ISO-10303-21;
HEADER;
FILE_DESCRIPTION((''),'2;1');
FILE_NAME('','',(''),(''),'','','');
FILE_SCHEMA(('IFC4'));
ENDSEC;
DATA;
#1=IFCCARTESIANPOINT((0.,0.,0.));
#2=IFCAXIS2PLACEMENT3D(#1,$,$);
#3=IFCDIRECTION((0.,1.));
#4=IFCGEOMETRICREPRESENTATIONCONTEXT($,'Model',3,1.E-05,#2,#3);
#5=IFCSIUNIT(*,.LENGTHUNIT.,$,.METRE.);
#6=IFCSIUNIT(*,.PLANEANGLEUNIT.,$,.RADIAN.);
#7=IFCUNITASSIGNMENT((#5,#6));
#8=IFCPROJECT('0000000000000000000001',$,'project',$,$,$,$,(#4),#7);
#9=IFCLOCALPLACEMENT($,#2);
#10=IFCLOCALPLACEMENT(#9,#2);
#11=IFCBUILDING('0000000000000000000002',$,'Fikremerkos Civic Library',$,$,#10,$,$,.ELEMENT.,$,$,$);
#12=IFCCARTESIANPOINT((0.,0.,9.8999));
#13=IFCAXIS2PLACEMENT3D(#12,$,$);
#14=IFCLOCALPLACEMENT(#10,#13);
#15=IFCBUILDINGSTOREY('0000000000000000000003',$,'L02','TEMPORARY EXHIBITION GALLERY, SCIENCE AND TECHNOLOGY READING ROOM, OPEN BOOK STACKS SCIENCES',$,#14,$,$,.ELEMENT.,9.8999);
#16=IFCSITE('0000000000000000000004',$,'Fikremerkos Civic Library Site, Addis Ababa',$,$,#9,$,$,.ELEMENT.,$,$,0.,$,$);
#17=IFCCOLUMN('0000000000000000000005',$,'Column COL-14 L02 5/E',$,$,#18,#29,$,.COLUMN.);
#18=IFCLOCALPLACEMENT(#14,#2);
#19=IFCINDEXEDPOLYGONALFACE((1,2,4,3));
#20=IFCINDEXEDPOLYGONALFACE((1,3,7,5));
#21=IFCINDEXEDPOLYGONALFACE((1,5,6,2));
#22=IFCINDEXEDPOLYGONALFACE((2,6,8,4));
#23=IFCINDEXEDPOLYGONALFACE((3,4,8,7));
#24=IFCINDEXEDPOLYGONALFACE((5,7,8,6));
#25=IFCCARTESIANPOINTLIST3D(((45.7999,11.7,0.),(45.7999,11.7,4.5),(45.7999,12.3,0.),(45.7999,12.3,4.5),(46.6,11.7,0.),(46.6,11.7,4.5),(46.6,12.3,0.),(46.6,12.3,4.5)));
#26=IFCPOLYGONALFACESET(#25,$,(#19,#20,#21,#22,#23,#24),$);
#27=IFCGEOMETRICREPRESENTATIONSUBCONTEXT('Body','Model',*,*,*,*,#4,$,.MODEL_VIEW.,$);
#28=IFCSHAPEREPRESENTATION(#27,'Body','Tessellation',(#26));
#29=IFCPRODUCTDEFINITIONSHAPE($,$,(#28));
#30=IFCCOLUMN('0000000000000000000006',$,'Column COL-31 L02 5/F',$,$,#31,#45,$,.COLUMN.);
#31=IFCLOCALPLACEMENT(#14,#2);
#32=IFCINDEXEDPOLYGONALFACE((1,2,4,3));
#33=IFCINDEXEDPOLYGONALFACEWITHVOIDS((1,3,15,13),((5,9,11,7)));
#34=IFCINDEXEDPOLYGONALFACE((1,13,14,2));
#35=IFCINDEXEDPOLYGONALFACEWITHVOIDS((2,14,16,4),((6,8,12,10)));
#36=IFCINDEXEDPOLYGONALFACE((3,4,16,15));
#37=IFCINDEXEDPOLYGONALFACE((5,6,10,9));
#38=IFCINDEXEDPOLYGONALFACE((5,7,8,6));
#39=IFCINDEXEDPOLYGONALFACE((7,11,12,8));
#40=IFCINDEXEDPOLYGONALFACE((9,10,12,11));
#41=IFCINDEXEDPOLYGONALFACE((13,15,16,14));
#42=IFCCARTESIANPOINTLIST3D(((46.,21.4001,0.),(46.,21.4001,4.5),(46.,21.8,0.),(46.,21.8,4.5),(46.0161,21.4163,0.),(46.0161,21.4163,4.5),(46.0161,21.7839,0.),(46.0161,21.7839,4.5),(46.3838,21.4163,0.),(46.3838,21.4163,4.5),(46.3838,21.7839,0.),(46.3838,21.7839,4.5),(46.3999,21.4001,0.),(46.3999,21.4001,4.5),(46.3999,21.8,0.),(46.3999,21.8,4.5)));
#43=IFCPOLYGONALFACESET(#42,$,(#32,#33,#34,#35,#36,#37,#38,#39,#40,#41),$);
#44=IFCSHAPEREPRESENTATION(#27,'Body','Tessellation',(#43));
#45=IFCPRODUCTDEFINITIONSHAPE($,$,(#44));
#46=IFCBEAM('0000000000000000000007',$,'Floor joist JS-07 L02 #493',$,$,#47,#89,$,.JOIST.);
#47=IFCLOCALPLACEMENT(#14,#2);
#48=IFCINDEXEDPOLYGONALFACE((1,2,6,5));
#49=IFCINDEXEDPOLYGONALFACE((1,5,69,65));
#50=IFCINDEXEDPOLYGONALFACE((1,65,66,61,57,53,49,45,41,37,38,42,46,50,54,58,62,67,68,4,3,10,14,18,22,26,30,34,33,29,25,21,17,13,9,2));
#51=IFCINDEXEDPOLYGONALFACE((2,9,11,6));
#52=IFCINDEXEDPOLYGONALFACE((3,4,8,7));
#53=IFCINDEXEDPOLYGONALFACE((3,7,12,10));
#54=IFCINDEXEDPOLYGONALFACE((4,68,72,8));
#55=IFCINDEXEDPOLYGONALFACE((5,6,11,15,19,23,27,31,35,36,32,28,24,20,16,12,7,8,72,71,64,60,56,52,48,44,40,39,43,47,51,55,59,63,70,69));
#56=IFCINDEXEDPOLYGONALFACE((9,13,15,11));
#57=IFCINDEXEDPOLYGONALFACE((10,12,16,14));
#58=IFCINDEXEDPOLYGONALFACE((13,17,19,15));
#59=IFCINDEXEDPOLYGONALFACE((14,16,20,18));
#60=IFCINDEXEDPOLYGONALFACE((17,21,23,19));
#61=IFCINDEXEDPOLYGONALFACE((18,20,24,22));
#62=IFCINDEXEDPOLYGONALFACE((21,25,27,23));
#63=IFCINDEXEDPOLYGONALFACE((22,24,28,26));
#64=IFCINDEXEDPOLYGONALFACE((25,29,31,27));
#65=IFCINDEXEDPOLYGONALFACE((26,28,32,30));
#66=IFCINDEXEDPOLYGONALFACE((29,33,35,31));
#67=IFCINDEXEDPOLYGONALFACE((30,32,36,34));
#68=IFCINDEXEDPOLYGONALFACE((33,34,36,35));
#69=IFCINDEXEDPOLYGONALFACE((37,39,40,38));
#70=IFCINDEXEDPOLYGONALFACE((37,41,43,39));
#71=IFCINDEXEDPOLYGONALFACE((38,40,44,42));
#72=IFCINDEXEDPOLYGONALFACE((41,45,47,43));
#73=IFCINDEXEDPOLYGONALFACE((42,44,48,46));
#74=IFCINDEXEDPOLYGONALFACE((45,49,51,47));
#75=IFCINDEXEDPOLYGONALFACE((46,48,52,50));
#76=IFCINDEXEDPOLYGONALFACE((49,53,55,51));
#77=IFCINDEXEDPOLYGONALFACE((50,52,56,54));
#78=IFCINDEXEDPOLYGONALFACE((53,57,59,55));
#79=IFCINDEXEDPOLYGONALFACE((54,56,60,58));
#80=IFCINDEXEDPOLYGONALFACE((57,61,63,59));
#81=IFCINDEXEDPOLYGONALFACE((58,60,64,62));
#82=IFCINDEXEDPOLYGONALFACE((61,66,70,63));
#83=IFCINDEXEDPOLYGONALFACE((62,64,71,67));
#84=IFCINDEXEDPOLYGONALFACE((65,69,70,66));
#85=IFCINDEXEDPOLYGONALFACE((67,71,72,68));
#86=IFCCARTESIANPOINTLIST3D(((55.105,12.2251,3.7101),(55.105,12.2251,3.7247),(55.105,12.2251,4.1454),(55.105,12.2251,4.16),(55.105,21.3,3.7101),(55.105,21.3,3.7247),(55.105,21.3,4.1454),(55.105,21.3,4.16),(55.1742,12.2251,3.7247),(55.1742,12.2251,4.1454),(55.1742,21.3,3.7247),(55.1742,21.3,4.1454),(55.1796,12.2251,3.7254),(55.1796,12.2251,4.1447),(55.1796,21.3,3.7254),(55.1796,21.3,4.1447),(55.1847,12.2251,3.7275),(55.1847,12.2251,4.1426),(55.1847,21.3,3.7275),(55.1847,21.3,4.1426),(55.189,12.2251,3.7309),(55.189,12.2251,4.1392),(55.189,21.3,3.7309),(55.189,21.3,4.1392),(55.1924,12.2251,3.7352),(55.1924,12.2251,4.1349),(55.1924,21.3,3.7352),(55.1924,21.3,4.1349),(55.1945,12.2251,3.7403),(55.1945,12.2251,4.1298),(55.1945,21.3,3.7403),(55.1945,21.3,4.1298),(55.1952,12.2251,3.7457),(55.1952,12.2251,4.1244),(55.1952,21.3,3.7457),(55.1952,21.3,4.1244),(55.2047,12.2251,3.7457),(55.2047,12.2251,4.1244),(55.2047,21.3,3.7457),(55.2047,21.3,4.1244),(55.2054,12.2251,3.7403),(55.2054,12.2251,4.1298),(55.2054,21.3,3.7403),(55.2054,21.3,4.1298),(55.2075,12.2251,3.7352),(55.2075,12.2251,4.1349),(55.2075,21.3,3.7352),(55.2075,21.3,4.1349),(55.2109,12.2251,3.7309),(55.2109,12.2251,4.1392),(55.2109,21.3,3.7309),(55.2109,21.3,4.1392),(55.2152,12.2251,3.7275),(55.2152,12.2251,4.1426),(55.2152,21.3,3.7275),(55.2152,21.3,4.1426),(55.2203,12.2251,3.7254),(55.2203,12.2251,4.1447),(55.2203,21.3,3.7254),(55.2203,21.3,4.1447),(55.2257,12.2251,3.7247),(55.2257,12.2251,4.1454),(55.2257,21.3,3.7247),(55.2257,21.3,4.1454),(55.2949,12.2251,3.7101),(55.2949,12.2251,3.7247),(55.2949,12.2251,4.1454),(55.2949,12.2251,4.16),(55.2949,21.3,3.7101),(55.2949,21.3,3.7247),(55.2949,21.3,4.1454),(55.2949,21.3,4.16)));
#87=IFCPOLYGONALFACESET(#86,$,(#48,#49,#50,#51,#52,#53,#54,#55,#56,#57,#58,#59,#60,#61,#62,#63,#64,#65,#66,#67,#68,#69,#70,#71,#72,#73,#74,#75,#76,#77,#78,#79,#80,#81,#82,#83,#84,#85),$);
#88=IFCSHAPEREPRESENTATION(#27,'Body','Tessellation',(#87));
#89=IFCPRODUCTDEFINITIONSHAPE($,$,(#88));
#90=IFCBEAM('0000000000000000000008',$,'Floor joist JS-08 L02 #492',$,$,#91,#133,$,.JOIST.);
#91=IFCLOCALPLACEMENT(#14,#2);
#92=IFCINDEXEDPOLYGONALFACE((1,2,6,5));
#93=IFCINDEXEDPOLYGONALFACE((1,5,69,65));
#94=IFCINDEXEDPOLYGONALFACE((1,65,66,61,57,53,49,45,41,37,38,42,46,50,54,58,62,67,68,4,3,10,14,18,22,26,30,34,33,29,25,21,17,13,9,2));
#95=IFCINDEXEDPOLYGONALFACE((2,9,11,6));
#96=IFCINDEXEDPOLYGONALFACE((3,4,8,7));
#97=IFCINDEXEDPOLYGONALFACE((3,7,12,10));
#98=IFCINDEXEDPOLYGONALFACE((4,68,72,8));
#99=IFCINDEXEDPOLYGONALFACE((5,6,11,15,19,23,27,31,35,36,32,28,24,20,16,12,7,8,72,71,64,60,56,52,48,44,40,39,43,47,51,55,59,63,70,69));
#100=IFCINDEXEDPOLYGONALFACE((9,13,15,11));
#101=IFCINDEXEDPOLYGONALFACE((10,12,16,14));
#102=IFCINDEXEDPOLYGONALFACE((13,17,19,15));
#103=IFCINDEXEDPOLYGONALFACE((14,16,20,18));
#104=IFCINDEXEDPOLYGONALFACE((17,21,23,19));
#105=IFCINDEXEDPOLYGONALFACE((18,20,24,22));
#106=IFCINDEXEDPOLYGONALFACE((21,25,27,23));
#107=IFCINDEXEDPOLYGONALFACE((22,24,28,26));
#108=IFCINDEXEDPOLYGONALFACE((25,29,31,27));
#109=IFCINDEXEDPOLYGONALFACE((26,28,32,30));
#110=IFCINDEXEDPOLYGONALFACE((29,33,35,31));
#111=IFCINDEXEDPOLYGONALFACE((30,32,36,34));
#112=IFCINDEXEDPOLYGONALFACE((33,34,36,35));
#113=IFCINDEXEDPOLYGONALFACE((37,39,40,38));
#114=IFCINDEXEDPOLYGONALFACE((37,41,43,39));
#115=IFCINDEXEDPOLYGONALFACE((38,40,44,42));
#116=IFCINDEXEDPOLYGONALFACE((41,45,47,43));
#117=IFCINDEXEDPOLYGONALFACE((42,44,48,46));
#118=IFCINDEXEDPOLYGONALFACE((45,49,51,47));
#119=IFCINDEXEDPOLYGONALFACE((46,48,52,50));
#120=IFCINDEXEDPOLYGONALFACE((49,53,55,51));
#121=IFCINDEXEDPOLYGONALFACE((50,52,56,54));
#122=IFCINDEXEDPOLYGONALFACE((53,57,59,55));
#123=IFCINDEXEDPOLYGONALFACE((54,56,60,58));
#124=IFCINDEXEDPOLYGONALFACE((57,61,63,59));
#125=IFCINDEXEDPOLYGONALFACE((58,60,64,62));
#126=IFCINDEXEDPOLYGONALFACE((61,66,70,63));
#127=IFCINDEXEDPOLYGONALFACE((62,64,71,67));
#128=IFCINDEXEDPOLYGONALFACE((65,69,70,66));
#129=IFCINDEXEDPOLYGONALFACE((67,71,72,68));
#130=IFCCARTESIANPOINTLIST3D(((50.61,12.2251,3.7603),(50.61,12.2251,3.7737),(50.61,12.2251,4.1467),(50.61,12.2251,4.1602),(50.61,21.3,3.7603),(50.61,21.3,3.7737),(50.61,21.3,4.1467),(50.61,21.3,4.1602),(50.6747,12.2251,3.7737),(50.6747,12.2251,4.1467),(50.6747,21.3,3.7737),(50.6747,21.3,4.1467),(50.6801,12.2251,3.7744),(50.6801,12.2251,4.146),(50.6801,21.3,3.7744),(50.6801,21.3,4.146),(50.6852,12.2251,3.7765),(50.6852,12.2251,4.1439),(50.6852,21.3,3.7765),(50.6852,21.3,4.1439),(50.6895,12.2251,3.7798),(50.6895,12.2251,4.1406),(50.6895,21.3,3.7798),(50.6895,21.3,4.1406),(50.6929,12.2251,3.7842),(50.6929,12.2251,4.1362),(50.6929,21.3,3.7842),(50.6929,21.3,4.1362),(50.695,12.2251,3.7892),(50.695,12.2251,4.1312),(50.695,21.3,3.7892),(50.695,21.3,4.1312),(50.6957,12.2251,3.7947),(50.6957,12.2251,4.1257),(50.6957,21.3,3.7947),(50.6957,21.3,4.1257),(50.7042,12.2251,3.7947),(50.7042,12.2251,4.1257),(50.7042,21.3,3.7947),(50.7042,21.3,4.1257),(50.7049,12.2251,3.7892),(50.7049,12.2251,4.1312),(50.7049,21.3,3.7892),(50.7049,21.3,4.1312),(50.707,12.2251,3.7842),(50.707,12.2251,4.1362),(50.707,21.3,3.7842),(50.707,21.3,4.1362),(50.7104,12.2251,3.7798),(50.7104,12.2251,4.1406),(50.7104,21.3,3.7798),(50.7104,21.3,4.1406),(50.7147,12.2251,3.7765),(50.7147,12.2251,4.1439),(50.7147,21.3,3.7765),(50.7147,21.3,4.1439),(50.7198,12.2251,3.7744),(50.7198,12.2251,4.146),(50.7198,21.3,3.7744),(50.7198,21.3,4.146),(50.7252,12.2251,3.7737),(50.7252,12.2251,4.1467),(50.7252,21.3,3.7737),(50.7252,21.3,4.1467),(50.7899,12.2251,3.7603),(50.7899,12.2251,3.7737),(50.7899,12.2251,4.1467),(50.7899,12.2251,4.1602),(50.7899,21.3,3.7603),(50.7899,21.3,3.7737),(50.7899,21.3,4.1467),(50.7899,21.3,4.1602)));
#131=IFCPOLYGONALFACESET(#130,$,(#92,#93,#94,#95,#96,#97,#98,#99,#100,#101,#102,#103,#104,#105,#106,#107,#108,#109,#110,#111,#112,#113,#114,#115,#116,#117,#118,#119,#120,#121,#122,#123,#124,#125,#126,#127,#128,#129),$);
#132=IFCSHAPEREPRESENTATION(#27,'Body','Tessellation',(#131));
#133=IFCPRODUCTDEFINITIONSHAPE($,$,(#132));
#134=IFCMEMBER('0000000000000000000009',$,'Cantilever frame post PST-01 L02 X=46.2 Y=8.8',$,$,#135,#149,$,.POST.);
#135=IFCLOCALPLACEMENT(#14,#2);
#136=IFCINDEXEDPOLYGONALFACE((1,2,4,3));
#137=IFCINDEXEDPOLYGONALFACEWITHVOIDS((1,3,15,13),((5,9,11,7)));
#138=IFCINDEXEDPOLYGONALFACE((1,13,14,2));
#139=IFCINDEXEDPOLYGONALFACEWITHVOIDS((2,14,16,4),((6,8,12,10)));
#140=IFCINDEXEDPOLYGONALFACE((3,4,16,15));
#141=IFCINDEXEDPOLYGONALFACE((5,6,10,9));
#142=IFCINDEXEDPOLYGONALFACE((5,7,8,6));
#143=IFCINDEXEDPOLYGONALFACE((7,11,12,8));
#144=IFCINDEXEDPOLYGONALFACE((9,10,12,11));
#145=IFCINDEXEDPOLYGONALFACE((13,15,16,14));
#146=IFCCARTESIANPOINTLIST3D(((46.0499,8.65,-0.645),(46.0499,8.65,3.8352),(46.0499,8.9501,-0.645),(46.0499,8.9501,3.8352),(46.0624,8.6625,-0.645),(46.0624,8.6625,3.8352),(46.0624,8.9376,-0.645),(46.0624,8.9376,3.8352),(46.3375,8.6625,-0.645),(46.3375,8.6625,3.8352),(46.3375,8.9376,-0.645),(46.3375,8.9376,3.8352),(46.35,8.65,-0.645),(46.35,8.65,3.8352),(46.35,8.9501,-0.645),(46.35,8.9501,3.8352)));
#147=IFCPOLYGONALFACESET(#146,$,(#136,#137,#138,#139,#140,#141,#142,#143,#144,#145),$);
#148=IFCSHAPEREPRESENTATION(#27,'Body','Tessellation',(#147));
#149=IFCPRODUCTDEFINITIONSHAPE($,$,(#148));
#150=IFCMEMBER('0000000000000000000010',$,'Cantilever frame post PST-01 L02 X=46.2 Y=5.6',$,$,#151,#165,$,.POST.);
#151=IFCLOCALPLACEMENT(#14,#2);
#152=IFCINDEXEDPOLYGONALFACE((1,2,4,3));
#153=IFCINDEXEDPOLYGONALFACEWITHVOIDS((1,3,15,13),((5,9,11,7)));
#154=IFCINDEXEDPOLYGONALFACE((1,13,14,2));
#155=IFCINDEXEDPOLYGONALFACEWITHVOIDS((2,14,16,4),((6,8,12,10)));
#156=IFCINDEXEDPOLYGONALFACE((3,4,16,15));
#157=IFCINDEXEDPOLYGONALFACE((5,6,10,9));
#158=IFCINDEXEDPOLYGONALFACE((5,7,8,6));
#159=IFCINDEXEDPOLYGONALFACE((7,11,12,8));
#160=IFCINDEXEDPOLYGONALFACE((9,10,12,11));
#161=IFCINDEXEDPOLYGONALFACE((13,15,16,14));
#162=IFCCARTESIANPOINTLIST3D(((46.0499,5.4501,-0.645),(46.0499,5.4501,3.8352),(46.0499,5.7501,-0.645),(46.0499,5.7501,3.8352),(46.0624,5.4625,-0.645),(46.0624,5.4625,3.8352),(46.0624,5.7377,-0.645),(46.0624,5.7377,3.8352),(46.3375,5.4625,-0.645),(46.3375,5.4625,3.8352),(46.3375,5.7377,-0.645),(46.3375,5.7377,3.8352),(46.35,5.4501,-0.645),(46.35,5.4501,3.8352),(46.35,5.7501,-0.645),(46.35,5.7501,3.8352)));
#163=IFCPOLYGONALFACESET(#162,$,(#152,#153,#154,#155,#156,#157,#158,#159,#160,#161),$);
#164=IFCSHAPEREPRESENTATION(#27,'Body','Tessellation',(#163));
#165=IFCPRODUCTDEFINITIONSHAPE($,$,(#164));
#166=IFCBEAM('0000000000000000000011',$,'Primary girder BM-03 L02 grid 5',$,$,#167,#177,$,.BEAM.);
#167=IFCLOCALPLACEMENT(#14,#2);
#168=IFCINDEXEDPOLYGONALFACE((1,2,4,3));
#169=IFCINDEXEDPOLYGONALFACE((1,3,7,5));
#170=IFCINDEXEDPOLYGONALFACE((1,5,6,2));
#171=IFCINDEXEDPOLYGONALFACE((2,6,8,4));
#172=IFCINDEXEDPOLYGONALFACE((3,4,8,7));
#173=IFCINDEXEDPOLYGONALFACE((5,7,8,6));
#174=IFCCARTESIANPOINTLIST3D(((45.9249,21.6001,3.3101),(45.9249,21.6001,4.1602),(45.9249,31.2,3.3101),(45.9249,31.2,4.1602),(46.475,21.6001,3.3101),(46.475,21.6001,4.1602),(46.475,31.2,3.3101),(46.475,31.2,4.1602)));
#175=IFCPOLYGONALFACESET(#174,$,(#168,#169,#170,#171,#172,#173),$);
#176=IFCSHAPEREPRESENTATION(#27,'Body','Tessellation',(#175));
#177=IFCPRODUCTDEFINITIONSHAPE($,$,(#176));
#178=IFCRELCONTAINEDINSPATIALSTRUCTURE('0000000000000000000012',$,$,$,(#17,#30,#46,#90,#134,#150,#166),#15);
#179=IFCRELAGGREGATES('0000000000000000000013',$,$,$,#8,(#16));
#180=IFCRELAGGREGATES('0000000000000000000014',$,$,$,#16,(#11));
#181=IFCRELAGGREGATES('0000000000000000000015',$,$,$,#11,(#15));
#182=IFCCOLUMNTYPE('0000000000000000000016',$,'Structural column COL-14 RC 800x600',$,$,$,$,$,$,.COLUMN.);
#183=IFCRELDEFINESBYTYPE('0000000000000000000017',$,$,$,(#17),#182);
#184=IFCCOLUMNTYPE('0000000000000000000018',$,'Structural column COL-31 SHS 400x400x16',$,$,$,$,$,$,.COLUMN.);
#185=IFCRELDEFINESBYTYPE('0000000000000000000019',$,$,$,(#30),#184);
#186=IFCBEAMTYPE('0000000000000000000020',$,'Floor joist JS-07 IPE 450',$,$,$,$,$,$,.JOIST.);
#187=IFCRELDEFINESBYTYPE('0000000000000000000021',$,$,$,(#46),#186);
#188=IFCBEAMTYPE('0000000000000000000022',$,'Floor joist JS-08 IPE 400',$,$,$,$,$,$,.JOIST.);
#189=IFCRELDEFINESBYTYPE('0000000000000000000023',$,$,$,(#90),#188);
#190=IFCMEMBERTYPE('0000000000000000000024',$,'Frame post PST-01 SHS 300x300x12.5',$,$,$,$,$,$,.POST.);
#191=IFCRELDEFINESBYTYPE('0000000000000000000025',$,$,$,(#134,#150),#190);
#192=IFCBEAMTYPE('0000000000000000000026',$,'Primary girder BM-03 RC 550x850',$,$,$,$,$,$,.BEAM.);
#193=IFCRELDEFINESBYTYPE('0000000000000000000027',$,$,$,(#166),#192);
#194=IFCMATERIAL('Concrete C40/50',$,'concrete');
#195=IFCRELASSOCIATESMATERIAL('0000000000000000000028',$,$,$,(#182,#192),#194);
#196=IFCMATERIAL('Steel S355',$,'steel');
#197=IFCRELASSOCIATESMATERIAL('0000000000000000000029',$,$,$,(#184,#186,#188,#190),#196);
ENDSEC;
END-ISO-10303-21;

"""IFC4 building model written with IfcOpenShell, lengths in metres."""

from ifc_helpers import new_model, si_unit, direction, frame, origin, origin_2d, place, context, subcontext, project, spatial, rectangle, hollow_rectangle, i_section, extrude, material, material_profile, profile_set, type_object, element, save


model = new_model("IFC4")

# Units and contexts
model_context = context("Model", 3, precision=1e-05, world=origin(), true_north=direction((0.0, 1.0)))
body_context = subcontext(model_context, "Body", "Model", "MODEL_VIEW")
ifc_project = project(units=[si_unit("LENGTHUNIT", "METRE"), si_unit("PLANEANGLEUNIT", "RADIAN")], contexts=[model_context])

# Site, building, storey
site_placement = place(None, origin())
site = spatial("IfcSite", under=ifc_project, at=site_placement, Name="Fikremerkos Civic Library Site, Addis Ababa", CompositionType="ELEMENT", RefElevation=0.0)
building_placement = place(site_placement, origin())
building = spatial("IfcBuilding", under=site, at=building_placement, Name="Fikremerkos Civic Library", CompositionType="ELEMENT")
storey_placement = place(building_placement, frame((0.0, 0.0, 9.8999)))
storey = spatial("IfcBuildingStorey", under=building, at=storey_placement, Name="L02", Description="TEMPORARY EXHIBITION GALLERY, SCIENCE AND TECHNOLOGY READING ROOM, OPEN BOOK STACKS SCIENCES", CompositionType="ELEMENT", Elevation=9.8999)

# Columns
ifc_material_1 = material(Name="Concrete C40/50", Category="concrete")
ifc_material_profile_1 = material_profile(ifc_material_1, rectangle(XDim=0.8, YDim=0.6001, at=origin_2d()), Name="RC 800x600")
ifc_profile_set_1 = profile_set([ifc_material_profile_1], Name="Concrete C40/50")
column_type_1 = type_object("IfcColumnType", Name="Structural column COL-14 RC 800x600", PredefinedType="COLUMN", material=ifc_profile_set_1)
column_1_placement = place(storey_placement, frame((46.2, 12.0, 0.0), z_axis=(0.0, 0.0, 1.0), x_axis=(1.0, 0.0, 0.0)))
element("IfcColumn", 1, at=column_1_placement, inside=storey, type_object=column_type_1, Name="Column COL-14 L02 5/E", PredefinedType="COLUMN", context=body_context, shape_type="SweptSolid", body=[
    extrude(rectangle(XDim=0.8, YDim=0.6001, at=origin_2d()), origin(), (0.0, 0.0, 1.0), 4.5),
])
ifc_material_2 = material(Name="Steel S355", Category="steel")
ifc_material_profile_2 = material_profile(ifc_material_2, hollow_rectangle(XDim=0.3999, YDim=0.3999, WallThickness=0.0161, at=origin_2d()), Name="SHS 400x400x16")
ifc_profile_set_2 = profile_set([ifc_material_profile_2], Name="Steel S355")
column_type_2 = type_object("IfcColumnType", Name="Structural column COL-31 SHS 400x400x16", PredefinedType="COLUMN", material=ifc_profile_set_2)
column_2_placement = place(storey_placement, frame((46.2, 21.6001, 0.0), z_axis=(0.0, 0.0, 1.0), x_axis=(1.0, 0.0, 0.0)))
element("IfcColumn", 2, at=column_2_placement, inside=storey, type_object=column_type_2, Name="Column COL-31 L02 5/F", PredefinedType="COLUMN", context=body_context, shape_type="SweptSolid", body=[
    extrude(hollow_rectangle(XDim=0.3999, YDim=0.3999, WallThickness=0.0161, at=origin_2d()), origin(), (0.0, 0.0, 1.0), 4.5),
])

# Beams
ifc_material_profile_3 = material_profile(ifc_material_2, i_section(OverallWidth=0.1899, OverallDepth=0.45, WebThickness=0.0095, FlangeThickness=0.0146, FilletRadius=0.021, at=origin_2d()), Name="IPE 450")
ifc_profile_set_3 = profile_set([ifc_material_profile_3], Name="Steel S355")
beam_type_1 = type_object("IfcBeamType", Name="Floor joist JS-07 IPE 450", PredefinedType="JOIST", material=ifc_profile_set_3)
beam_1_placement = place(storey_placement, frame((55.2, 12.2251, 3.9351), z_axis=(0.0, 1.0, 0.0), x_axis=(-1.0, 0.0, 0.0)))
element("IfcBeam", 3, at=beam_1_placement, inside=storey, type_object=beam_type_1, Name="Floor joist JS-07 L02 #493", PredefinedType="JOIST", context=body_context, shape_type="SweptSolid", body=[
    extrude(i_section(OverallWidth=0.1899, OverallDepth=0.45, WebThickness=0.0095, FlangeThickness=0.0146, FilletRadius=0.021, at=origin_2d()), origin(), (0.0, 0.0, 1.0), 9.075),
])
ifc_material_profile_4 = material_profile(ifc_material_2, i_section(OverallWidth=0.1799, OverallDepth=0.3999, WebThickness=0.0085, FlangeThickness=0.0134, FilletRadius=0.021, at=origin_2d()), Name="IPE 400")
ifc_profile_set_4 = profile_set([ifc_material_profile_4], Name="Steel S355")
beam_type_2 = type_object("IfcBeamType", Name="Floor joist JS-08 IPE 400", PredefinedType="JOIST", material=ifc_profile_set_4)
beam_2_placement = place(storey_placement, frame((50.7, 12.2251, 3.9602), z_axis=(0.0, 1.0, 0.0), x_axis=(-1.0, 0.0, 0.0)))
element("IfcBeam", 4, at=beam_2_placement, inside=storey, type_object=beam_type_2, Name="Floor joist JS-08 L02 #492", PredefinedType="JOIST", context=body_context, shape_type="SweptSolid", body=[
    extrude(i_section(OverallWidth=0.1799, OverallDepth=0.3999, WebThickness=0.0085, FlangeThickness=0.0134, FilletRadius=0.021, at=origin_2d()), origin(), (0.0, 0.0, 1.0), 9.075),
])

# Members
ifc_material_profile_5 = material_profile(ifc_material_2, hollow_rectangle(XDim=0.3, YDim=0.3, WallThickness=0.0125, at=origin_2d()), Name="SHS 300x300x12.5")
ifc_profile_set_5 = profile_set([ifc_material_profile_5], Name="Steel S355")
member_type_1 = type_object("IfcMemberType", Name="Frame post PST-01 SHS 300x300x12.5", PredefinedType="POST", material=ifc_profile_set_5)
for number, where, z_axis, x_axis, name in (
    (5, (46.2, 8.8, -0.645), (0.0, 0.0, 1.0), (1.0, 0.0, 0.0), "Cantilever frame post PST-01 L02 X=46.2 Y=8.8"),
    (6, (46.2, 5.6001, -0.645), (0.0, 0.0, 1.0), (1.0, 0.0, 0.0), "Cantilever frame post PST-01 L02 X=46.2 Y=5.6"),
):
    element("IfcMember", number, at=place(storey_placement, frame(where, z_axis=z_axis, x_axis=x_axis)), inside=storey, type_object=member_type_1, Name=name, PredefinedType="POST", context=body_context, shape_type="SweptSolid", body=[
        extrude(hollow_rectangle(XDim=0.3, YDim=0.3, WallThickness=0.0125, at=origin_2d()), origin(), (0.0, 0.0, 1.0), 4.4802),
    ])

# Beam
ifc_material_profile_6 = material_profile(ifc_material_1, rectangle(XDim=0.55, YDim=0.8501, at=origin_2d()), Name="RC 550x850")
ifc_profile_set_6 = profile_set([ifc_material_profile_6], Name="Concrete C40/50")
beam_type_3 = type_object("IfcBeamType", Name="Primary girder BM-03 RC 550x850", PredefinedType="BEAM", material=ifc_profile_set_6)
beam_3_placement = place(storey_placement, frame((46.2, 21.6001, 3.7351), z_axis=(0.0, 1.0, 0.0), x_axis=(-1.0, 0.0, 0.0)))
element("IfcBeam", 7, at=beam_3_placement, inside=storey, type_object=beam_type_3, Name="Primary girder BM-03 L02 grid 5", PredefinedType="BEAM", context=body_context, shape_type="SweptSolid", body=[
    extrude(rectangle(XDim=0.55, YDim=0.8501, at=origin_2d()), origin(), (0.0, 0.0, 1.0), 9.5999),
])

save(model, "model.ifc")
